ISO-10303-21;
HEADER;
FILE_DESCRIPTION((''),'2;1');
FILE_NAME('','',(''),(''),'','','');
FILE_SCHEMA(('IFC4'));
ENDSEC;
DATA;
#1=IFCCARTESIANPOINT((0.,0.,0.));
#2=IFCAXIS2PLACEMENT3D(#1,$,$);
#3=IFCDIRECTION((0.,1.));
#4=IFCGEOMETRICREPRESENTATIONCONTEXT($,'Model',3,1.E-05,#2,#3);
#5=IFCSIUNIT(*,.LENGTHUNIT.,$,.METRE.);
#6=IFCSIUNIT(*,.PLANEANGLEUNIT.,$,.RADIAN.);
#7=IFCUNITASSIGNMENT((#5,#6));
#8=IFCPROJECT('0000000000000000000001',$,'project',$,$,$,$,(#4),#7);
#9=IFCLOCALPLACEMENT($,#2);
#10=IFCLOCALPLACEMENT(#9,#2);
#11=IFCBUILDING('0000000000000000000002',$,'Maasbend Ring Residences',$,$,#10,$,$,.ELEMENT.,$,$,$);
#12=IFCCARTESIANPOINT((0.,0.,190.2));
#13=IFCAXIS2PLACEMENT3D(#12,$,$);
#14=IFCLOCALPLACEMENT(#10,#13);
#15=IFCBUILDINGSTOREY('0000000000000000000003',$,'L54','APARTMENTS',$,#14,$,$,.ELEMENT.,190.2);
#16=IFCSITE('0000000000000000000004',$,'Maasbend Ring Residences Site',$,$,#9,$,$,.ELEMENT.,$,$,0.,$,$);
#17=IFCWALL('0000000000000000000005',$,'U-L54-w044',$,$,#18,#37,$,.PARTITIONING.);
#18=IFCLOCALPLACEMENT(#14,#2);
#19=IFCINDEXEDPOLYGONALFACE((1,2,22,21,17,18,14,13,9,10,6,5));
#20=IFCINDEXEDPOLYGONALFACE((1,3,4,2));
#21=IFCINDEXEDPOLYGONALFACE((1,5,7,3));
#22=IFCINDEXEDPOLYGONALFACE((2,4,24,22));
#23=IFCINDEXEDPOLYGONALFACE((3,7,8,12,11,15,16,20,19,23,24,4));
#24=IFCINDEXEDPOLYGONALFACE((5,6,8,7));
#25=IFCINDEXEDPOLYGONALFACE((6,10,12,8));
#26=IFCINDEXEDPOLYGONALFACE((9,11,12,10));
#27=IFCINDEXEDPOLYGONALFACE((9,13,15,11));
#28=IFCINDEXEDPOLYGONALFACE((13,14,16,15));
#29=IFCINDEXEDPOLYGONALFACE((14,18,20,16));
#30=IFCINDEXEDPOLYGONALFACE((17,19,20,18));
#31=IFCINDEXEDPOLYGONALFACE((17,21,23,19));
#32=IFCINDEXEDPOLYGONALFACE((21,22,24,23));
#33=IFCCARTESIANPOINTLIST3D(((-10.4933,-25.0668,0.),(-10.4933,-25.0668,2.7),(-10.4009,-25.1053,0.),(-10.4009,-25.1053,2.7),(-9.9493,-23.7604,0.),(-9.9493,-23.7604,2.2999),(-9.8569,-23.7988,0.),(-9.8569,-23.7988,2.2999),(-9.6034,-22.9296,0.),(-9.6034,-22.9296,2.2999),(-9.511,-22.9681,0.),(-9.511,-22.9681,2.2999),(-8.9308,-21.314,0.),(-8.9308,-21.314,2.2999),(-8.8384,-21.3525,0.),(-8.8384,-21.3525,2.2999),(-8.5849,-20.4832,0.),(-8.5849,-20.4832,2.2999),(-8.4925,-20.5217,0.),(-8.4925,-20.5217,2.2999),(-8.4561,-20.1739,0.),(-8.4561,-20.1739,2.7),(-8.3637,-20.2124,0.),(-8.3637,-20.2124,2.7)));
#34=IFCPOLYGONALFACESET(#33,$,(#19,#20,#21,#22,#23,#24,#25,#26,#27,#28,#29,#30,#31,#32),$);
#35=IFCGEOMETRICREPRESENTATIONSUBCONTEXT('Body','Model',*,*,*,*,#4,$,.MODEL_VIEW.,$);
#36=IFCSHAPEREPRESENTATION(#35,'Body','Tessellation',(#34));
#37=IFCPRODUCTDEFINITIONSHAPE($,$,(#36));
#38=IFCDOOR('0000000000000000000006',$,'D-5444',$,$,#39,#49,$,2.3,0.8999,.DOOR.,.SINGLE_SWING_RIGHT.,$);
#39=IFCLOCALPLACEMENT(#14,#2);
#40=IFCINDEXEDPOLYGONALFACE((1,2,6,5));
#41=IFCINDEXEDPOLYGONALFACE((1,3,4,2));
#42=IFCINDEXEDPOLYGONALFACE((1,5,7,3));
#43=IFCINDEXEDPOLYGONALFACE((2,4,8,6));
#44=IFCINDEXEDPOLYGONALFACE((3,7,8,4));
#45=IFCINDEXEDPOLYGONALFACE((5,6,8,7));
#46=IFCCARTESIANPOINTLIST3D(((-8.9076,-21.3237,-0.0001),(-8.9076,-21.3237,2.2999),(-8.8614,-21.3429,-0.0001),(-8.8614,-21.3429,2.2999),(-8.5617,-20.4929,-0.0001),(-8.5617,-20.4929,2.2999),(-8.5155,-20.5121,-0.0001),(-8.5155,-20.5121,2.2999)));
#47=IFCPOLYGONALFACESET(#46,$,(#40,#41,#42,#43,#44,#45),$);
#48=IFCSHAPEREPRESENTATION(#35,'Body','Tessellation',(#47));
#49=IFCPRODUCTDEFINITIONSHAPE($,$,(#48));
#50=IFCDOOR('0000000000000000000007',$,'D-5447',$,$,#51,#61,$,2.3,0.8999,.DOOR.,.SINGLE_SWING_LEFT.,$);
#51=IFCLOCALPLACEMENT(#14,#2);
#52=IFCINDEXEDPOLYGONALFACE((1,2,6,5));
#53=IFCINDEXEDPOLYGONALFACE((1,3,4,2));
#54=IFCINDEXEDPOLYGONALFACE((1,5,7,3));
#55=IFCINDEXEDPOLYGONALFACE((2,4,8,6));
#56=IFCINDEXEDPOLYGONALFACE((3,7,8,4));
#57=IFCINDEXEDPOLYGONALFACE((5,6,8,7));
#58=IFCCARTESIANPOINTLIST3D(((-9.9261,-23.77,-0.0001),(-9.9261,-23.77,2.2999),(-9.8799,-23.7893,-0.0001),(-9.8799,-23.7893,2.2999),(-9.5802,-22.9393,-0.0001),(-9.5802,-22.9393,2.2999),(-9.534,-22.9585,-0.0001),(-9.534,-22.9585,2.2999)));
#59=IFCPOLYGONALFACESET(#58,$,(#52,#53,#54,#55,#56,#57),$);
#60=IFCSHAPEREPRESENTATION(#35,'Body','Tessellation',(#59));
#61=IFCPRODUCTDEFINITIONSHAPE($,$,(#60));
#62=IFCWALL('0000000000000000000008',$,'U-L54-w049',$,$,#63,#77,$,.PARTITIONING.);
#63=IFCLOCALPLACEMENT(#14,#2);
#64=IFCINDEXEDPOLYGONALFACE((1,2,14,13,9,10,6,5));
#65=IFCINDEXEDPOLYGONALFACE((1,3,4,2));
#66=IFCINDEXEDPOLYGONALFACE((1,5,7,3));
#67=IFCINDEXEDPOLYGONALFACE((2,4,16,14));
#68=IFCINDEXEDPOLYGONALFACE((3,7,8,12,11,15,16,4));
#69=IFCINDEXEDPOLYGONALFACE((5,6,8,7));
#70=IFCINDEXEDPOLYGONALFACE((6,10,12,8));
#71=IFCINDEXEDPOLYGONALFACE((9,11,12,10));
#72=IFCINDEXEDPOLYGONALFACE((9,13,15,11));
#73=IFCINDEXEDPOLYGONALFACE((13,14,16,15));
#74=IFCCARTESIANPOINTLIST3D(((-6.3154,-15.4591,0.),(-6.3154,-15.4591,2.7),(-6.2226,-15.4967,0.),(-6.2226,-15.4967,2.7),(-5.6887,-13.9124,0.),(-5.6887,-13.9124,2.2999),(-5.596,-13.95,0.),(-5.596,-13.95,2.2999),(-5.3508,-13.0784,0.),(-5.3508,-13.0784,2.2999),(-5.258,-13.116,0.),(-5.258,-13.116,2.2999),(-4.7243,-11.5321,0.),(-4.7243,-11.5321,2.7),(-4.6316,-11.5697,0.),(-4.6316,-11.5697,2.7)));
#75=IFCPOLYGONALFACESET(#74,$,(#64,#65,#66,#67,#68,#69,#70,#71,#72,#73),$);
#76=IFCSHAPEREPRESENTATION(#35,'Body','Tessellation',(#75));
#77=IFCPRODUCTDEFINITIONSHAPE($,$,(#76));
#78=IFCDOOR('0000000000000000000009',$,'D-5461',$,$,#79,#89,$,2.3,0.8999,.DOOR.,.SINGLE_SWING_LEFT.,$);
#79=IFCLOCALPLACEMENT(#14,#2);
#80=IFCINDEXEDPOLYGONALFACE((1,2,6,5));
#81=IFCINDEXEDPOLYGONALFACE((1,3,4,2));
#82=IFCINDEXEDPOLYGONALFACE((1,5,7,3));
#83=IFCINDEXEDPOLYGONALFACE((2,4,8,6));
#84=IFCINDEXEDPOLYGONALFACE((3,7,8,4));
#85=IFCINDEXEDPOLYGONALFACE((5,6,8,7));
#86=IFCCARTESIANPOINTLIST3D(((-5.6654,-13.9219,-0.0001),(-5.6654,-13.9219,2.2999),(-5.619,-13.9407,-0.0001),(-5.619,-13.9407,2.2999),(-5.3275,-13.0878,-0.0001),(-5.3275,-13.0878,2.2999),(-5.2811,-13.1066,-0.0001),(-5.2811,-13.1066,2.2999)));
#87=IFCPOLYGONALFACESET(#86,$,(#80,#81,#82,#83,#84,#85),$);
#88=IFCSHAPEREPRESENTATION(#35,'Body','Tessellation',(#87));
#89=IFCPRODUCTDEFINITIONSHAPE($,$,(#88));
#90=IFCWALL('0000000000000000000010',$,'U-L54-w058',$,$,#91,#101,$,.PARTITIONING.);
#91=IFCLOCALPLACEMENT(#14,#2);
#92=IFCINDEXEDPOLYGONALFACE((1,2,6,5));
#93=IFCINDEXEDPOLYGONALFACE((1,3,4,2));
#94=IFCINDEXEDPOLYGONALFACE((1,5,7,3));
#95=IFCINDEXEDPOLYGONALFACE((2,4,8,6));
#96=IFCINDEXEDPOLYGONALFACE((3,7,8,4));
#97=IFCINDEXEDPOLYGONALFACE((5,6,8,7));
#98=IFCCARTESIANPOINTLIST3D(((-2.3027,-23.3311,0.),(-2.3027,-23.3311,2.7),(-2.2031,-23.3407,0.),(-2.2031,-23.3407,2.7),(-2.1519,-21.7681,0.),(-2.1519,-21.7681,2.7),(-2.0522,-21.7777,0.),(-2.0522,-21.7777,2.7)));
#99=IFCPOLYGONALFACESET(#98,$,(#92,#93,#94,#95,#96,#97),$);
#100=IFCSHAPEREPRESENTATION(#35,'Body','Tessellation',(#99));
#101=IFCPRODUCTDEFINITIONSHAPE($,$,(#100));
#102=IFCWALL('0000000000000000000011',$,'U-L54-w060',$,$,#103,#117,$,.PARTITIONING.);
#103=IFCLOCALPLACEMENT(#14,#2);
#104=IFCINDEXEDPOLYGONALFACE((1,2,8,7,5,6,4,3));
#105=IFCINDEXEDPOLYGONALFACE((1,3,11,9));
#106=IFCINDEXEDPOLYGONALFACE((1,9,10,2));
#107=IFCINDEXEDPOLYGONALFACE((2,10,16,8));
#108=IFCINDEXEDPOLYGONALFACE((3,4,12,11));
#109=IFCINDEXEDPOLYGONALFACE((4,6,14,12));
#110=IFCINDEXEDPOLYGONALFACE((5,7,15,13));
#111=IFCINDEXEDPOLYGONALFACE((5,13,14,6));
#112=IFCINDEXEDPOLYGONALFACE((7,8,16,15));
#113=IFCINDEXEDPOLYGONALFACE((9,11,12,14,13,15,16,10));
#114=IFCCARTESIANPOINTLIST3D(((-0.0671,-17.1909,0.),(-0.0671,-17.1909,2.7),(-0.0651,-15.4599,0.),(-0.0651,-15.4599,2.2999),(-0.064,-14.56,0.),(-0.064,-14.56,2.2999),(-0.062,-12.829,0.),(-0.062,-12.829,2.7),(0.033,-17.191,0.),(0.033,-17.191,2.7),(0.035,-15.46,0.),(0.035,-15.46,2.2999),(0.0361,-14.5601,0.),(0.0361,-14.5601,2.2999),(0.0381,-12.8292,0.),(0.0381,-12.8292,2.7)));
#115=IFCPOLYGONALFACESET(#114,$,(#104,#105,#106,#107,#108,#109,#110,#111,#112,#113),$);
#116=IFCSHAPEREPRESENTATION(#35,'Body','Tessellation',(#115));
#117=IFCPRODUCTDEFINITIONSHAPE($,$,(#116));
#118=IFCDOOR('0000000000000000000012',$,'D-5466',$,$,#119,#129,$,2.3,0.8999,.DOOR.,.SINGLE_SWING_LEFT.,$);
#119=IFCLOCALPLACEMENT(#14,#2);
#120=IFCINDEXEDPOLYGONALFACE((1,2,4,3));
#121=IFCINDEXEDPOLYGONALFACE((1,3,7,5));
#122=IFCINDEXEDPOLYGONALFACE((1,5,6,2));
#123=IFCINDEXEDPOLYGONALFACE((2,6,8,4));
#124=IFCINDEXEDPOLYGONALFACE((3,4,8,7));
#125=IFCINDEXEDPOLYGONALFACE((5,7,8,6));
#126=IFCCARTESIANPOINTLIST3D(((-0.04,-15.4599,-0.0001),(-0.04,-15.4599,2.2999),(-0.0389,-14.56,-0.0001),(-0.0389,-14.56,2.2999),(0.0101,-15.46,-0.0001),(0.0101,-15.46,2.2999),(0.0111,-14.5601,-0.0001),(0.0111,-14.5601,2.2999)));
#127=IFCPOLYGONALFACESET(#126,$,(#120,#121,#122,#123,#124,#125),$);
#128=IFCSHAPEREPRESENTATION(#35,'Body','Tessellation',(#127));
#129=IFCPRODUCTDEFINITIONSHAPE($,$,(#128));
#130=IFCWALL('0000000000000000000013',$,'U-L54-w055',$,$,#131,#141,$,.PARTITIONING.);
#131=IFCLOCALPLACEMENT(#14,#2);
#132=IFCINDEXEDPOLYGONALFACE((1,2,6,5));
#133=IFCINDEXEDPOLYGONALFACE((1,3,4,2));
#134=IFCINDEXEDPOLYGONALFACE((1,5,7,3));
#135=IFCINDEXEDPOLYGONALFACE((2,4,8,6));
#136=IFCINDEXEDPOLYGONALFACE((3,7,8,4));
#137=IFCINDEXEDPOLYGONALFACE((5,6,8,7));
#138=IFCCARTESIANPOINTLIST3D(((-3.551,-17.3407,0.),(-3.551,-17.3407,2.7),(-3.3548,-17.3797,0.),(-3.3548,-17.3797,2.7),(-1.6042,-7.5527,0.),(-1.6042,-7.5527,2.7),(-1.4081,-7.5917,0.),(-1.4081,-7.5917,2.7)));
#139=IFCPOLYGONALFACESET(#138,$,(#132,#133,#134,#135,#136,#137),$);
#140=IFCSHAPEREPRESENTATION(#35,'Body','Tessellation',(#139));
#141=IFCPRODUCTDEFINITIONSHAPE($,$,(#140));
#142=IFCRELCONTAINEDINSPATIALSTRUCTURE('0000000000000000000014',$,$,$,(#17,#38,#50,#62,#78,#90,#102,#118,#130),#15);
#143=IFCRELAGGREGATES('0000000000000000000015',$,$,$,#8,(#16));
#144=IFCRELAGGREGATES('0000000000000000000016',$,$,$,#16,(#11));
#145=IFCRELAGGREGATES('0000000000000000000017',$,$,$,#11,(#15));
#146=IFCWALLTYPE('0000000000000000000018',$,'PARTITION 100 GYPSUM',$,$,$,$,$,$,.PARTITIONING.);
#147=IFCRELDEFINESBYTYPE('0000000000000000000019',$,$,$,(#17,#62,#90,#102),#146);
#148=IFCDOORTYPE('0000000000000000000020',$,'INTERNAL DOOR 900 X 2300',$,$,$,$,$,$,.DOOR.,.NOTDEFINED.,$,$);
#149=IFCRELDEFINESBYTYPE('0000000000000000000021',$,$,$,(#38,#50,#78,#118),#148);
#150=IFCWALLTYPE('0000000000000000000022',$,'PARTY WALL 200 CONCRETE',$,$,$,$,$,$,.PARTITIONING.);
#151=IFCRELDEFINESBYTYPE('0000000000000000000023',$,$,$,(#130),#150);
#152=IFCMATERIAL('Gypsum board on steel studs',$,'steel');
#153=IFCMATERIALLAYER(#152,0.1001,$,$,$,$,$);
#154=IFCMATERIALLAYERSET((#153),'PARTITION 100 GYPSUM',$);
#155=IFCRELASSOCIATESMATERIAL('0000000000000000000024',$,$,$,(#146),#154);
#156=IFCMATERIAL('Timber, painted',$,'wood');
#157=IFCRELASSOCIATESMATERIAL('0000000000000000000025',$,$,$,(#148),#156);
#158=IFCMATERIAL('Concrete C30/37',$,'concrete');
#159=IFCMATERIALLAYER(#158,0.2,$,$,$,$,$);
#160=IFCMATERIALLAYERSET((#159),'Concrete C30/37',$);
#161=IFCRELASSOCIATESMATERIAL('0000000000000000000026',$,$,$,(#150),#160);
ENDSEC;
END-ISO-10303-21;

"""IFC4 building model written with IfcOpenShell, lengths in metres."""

from ifc_helpers import new_model, si_unit, direction, frame, frame_2d, origin, place, context, subcontext, project, spatial, rectangle, extrude, material, layer, layer_set, type_object, element, fill, save


model = new_model("IFC4")

# Units and contexts
model_context = context("Model", 3, precision=1e-05, world=origin(), true_north=direction((0.0, 1.0)))
body_context = subcontext(model_context, "Body", "Model", "MODEL_VIEW")
ifc_project = project(units=[si_unit("LENGTHUNIT", "METRE"), si_unit("PLANEANGLEUNIT", "RADIAN")], contexts=[model_context])

# Site, building, storey
site_placement = place(None, origin())
site = spatial("IfcSite", under=ifc_project, at=site_placement, Name="Maasbend Ring Residences Site", CompositionType="ELEMENT", RefElevation=0.0)
building_placement = place(site_placement, origin())
building = spatial("IfcBuilding", under=site, at=building_placement, Name="Maasbend Ring Residences", CompositionType="ELEMENT")
storey_placement = place(building_placement, frame((0.0, 0.0, 190.2)))
storey = spatial("IfcBuildingStorey", under=building, at=storey_placement, Name="L54", Description="APARTMENTS", CompositionType="ELEMENT", Elevation=190.2)

# Shared definitions
ifc_material_1 = material(Name="Gypsum board on steel studs", Category="steel")
ifc_layer_1 = layer(ifc_material_1, 0.1001)
ifc_layer_set_1 = layer_set([ifc_layer_1], Name="PARTITION 100 GYPSUM")
wall_type_1 = type_object("IfcWallType", Name="PARTITION 100 GYPSUM", PredefinedType="PARTITIONING", material=ifc_layer_set_1)
ifc_material_2 = material(Name="Timber, painted", Category="wood")
door_type_1 = type_object("IfcDoorType", Name="INTERNAL DOOR 900 X 2300", OperationType="NOTDEFINED", PredefinedType="DOOR", material=ifc_material_2)

# Wall, openings, doors
wall_1_placement = place(storey_placement, frame((-10.447, -25.0859, 0.0), z_axis=(0.0, 0.0, 1.0), x_axis=(0.384364, 0.923182, 0.0)))
wall_1 = element("IfcWall", 1, at=wall_1_placement, inside=storey, type_object=wall_type_1, Name="U-L54-w044", PredefinedType="PARTITIONING", context=body_context, shape_type="SweptSolid", body=[
    extrude(rectangle(XDim=5.3, YDim=0.1001, at=frame_2d((2.6499, 0.0))), origin(), (0.0, 0.0, 1.0), 2.7),
])
opening_1_placement = place(wall_1_placement, frame((4.0649, 0.0, 0.0)))
opening_1 = element("IfcOpeningElement", 2, at=opening_1_placement, cuts=wall_1, PredefinedType="OPENING", context=body_context, shape_type="SweptSolid", body=[
    extrude(rectangle(XDim=0.8999, YDim=2.3, at=frame_2d((0.45, 1.1499))), frame((0.0, 0.0601, 0.0), z_axis=(0.0, -1.0, 0.0), x_axis=(1.0, 0.0, 0.0)), (0.0, 0.0, 1.0), 0.1201),
])
opening_2_placement = place(wall_1_placement, frame((1.415, 0.0, 0.0)))
opening_2 = element("IfcOpeningElement", 3, at=opening_2_placement, cuts=wall_1, PredefinedType="OPENING", context=body_context, shape_type="SweptSolid", body=[
    extrude(rectangle(XDim=0.8999, YDim=2.3, at=frame_2d((0.45, 1.1499))), frame((0.0, 0.0601, 0.0), z_axis=(0.0, -1.0, 0.0), x_axis=(1.0, 0.0, 0.0)), (0.0, 0.0, 1.0), 0.1201),
])
door_1_placement = place(opening_1_placement, origin())
door_1 = element("IfcDoor", 4, at=door_1_placement, inside=storey, type_object=door_type_1, Name="D-5444", OperationType="SINGLE_SWING_RIGHT", OverallHeight=2.3, OverallWidth=0.8999, PredefinedType="DOOR", context=body_context, shape_type="SweptSolid", body=[
    extrude(rectangle(XDim=0.8999, YDim=2.3, at=frame_2d((0.45, 1.1499))), frame((0.0, 0.0249, 0.0), z_axis=(0.0, -1.0, 0.0), x_axis=(1.0, 0.0, 0.0)), (0.0, 0.0, 1.0), 0.05),
])
fill(opening_1, door_1)
door_2_placement = place(opening_2_placement, origin())
door_2 = element("IfcDoor", 5, at=door_2_placement, inside=storey, type_object=door_type_1, Name="D-5447", OperationType="SINGLE_SWING_LEFT", OverallHeight=2.3, OverallWidth=0.8999, PredefinedType="DOOR", context=body_context, shape_type="SweptSolid", body=[
    extrude(rectangle(XDim=0.8999, YDim=2.3, at=frame_2d((0.45, 1.1499))), frame((0.0, 0.0249, 0.0), z_axis=(0.0, -1.0, 0.0), x_axis=(1.0, 0.0, 0.0)), (0.0, 0.0, 1.0), 0.05),
])
fill(opening_2, door_2)

# Wall, opening, door
wall_2_placement = place(storey_placement, frame((-6.269, -15.478, 0.0), z_axis=(0.0, 0.0, 1.0), x_axis=(0.37551, 0.926818, 0.0)))
wall_2 = element("IfcWall", 6, at=wall_2_placement, inside=storey, type_object=wall_type_1, Name="U-L54-w049", PredefinedType="PARTITIONING", context=body_context, shape_type="SweptSolid", body=[
    extrude(rectangle(XDim=4.2371, YDim=0.1001, at=frame_2d((2.1187, 0.0))), origin(), (0.0, 0.0, 1.0), 2.7),
])
opening_3_placement = place(wall_2_placement, frame((1.6689, 0.0, 0.0)))
opening_3 = element("IfcOpeningElement", 7, at=opening_3_placement, cuts=wall_2, PredefinedType="OPENING", context=body_context, shape_type="SweptSolid", body=[
    extrude(rectangle(XDim=0.8999, YDim=2.3, at=frame_2d((0.45, 1.1499))), frame((0.0, 0.0601, 0.0), z_axis=(0.0, -1.0, 0.0), x_axis=(1.0, 0.0, 0.0)), (0.0, 0.0, 1.0), 0.1201),
])
door_3_placement = place(opening_3_placement, origin())
door_3 = element("IfcDoor", 8, at=door_3_placement, inside=storey, type_object=door_type_1, Name="D-5461", OperationType="SINGLE_SWING_LEFT", OverallHeight=2.3, OverallWidth=0.8999, PredefinedType="DOOR", context=body_context, shape_type="SweptSolid", body=[
    extrude(rectangle(XDim=0.8999, YDim=2.3, at=frame_2d((0.45, 1.1499))), frame((0.0, 0.0249, 0.0), z_axis=(0.0, -1.0, 0.0), x_axis=(1.0, 0.0, 0.0)), (0.0, 0.0, 1.0), 0.05),
])
fill(opening_3, door_3)

# Wall
wall_3_placement = place(storey_placement, frame((-2.2529, -23.3359, 0.0), z_axis=(0.0, 0.0, 1.0), x_axis=(0.096086, 0.995373, 0.0)))
element("IfcWall", 9, at=wall_3_placement, inside=storey, type_object=wall_type_1, Name="U-L54-w058", PredefinedType="PARTITIONING", context=body_context, shape_type="SweptSolid", body=[
    extrude(rectangle(XDim=1.5703, YDim=0.1001, at=frame_2d((0.7852, 0.0))), origin(), (0.0, 0.0, 1.0), 2.7),
])

# Wall, opening, door
wall_4_placement = place(storey_placement, frame((-0.0171, -17.1909, 0.0), z_axis=(0.0, 0.0, 1.0), x_axis=(0.001175, 0.999999, 0.0)))
wall_4 = element("IfcWall", 10, at=wall_4_placement, inside=storey, type_object=wall_type_1, Name="U-L54-w060", PredefinedType="PARTITIONING", context=body_context, shape_type="SweptSolid", body=[
    extrude(rectangle(XDim=4.3618, YDim=0.1001, at=frame_2d((2.1809, 0.0))), origin(), (0.0, 0.0, 1.0), 2.7),
])
opening_4_placement = place(wall_4_placement, frame((1.731, 0.0, 0.0)))
opening_4 = element("IfcOpeningElement", 11, at=opening_4_placement, cuts=wall_4, PredefinedType="OPENING", context=body_context, shape_type="SweptSolid", body=[
    extrude(rectangle(XDim=0.8999, YDim=2.3, at=frame_2d((0.45, 1.1499))), frame((0.0, 0.0601, 0.0), z_axis=(0.0, -1.0, 0.0), x_axis=(1.0, 0.0, 0.0)), (0.0, 0.0, 1.0), 0.1201),
])
door_4_placement = place(opening_4_placement, origin())
door_4 = element("IfcDoor", 12, at=door_4_placement, inside=storey, type_object=door_type_1, Name="D-5466", OperationType="SINGLE_SWING_LEFT", OverallHeight=2.3, OverallWidth=0.8999, PredefinedType="DOOR", context=body_context, shape_type="SweptSolid", body=[
    extrude(rectangle(XDim=0.8999, YDim=2.3, at=frame_2d((0.45, 1.1499))), frame((0.0, 0.0249, 0.0), z_axis=(0.0, -1.0, 0.0), x_axis=(1.0, 0.0, 0.0)), (0.0, 0.0, 1.0), 0.05),
])
fill(opening_4, door_4)

# Wall
ifc_material_3 = material(Name="Concrete C30/37", Category="concrete")
ifc_layer_2 = layer(ifc_material_3, 0.2)
ifc_layer_set_2 = layer_set([ifc_layer_2], Name="Concrete C30/37")
wall_type_2 = type_object("IfcWallType", Name="PARTY WALL 200 CONCRETE", PredefinedType="PARTITIONING", material=ifc_layer_set_2)
wall_5_placement = place(storey_placement, frame((-3.4529, -17.3601, 0.0), z_axis=(0.0, 0.0, 1.0), x_axis=(0.195072, 0.980789, 0.0)))
element("IfcWall", 13, at=wall_5_placement, inside=storey, type_object=wall_type_2, Name="U-L54-w055", PredefinedType="PARTITIONING", context=body_context, shape_type="SweptSolid", body=[
    extrude(rectangle(XDim=9.9797, YDim=0.2, at=frame_2d((4.9897, 0.0))), origin(), (0.0, 0.0, 1.0), 2.7),
])

save(model, "model.ifc")
